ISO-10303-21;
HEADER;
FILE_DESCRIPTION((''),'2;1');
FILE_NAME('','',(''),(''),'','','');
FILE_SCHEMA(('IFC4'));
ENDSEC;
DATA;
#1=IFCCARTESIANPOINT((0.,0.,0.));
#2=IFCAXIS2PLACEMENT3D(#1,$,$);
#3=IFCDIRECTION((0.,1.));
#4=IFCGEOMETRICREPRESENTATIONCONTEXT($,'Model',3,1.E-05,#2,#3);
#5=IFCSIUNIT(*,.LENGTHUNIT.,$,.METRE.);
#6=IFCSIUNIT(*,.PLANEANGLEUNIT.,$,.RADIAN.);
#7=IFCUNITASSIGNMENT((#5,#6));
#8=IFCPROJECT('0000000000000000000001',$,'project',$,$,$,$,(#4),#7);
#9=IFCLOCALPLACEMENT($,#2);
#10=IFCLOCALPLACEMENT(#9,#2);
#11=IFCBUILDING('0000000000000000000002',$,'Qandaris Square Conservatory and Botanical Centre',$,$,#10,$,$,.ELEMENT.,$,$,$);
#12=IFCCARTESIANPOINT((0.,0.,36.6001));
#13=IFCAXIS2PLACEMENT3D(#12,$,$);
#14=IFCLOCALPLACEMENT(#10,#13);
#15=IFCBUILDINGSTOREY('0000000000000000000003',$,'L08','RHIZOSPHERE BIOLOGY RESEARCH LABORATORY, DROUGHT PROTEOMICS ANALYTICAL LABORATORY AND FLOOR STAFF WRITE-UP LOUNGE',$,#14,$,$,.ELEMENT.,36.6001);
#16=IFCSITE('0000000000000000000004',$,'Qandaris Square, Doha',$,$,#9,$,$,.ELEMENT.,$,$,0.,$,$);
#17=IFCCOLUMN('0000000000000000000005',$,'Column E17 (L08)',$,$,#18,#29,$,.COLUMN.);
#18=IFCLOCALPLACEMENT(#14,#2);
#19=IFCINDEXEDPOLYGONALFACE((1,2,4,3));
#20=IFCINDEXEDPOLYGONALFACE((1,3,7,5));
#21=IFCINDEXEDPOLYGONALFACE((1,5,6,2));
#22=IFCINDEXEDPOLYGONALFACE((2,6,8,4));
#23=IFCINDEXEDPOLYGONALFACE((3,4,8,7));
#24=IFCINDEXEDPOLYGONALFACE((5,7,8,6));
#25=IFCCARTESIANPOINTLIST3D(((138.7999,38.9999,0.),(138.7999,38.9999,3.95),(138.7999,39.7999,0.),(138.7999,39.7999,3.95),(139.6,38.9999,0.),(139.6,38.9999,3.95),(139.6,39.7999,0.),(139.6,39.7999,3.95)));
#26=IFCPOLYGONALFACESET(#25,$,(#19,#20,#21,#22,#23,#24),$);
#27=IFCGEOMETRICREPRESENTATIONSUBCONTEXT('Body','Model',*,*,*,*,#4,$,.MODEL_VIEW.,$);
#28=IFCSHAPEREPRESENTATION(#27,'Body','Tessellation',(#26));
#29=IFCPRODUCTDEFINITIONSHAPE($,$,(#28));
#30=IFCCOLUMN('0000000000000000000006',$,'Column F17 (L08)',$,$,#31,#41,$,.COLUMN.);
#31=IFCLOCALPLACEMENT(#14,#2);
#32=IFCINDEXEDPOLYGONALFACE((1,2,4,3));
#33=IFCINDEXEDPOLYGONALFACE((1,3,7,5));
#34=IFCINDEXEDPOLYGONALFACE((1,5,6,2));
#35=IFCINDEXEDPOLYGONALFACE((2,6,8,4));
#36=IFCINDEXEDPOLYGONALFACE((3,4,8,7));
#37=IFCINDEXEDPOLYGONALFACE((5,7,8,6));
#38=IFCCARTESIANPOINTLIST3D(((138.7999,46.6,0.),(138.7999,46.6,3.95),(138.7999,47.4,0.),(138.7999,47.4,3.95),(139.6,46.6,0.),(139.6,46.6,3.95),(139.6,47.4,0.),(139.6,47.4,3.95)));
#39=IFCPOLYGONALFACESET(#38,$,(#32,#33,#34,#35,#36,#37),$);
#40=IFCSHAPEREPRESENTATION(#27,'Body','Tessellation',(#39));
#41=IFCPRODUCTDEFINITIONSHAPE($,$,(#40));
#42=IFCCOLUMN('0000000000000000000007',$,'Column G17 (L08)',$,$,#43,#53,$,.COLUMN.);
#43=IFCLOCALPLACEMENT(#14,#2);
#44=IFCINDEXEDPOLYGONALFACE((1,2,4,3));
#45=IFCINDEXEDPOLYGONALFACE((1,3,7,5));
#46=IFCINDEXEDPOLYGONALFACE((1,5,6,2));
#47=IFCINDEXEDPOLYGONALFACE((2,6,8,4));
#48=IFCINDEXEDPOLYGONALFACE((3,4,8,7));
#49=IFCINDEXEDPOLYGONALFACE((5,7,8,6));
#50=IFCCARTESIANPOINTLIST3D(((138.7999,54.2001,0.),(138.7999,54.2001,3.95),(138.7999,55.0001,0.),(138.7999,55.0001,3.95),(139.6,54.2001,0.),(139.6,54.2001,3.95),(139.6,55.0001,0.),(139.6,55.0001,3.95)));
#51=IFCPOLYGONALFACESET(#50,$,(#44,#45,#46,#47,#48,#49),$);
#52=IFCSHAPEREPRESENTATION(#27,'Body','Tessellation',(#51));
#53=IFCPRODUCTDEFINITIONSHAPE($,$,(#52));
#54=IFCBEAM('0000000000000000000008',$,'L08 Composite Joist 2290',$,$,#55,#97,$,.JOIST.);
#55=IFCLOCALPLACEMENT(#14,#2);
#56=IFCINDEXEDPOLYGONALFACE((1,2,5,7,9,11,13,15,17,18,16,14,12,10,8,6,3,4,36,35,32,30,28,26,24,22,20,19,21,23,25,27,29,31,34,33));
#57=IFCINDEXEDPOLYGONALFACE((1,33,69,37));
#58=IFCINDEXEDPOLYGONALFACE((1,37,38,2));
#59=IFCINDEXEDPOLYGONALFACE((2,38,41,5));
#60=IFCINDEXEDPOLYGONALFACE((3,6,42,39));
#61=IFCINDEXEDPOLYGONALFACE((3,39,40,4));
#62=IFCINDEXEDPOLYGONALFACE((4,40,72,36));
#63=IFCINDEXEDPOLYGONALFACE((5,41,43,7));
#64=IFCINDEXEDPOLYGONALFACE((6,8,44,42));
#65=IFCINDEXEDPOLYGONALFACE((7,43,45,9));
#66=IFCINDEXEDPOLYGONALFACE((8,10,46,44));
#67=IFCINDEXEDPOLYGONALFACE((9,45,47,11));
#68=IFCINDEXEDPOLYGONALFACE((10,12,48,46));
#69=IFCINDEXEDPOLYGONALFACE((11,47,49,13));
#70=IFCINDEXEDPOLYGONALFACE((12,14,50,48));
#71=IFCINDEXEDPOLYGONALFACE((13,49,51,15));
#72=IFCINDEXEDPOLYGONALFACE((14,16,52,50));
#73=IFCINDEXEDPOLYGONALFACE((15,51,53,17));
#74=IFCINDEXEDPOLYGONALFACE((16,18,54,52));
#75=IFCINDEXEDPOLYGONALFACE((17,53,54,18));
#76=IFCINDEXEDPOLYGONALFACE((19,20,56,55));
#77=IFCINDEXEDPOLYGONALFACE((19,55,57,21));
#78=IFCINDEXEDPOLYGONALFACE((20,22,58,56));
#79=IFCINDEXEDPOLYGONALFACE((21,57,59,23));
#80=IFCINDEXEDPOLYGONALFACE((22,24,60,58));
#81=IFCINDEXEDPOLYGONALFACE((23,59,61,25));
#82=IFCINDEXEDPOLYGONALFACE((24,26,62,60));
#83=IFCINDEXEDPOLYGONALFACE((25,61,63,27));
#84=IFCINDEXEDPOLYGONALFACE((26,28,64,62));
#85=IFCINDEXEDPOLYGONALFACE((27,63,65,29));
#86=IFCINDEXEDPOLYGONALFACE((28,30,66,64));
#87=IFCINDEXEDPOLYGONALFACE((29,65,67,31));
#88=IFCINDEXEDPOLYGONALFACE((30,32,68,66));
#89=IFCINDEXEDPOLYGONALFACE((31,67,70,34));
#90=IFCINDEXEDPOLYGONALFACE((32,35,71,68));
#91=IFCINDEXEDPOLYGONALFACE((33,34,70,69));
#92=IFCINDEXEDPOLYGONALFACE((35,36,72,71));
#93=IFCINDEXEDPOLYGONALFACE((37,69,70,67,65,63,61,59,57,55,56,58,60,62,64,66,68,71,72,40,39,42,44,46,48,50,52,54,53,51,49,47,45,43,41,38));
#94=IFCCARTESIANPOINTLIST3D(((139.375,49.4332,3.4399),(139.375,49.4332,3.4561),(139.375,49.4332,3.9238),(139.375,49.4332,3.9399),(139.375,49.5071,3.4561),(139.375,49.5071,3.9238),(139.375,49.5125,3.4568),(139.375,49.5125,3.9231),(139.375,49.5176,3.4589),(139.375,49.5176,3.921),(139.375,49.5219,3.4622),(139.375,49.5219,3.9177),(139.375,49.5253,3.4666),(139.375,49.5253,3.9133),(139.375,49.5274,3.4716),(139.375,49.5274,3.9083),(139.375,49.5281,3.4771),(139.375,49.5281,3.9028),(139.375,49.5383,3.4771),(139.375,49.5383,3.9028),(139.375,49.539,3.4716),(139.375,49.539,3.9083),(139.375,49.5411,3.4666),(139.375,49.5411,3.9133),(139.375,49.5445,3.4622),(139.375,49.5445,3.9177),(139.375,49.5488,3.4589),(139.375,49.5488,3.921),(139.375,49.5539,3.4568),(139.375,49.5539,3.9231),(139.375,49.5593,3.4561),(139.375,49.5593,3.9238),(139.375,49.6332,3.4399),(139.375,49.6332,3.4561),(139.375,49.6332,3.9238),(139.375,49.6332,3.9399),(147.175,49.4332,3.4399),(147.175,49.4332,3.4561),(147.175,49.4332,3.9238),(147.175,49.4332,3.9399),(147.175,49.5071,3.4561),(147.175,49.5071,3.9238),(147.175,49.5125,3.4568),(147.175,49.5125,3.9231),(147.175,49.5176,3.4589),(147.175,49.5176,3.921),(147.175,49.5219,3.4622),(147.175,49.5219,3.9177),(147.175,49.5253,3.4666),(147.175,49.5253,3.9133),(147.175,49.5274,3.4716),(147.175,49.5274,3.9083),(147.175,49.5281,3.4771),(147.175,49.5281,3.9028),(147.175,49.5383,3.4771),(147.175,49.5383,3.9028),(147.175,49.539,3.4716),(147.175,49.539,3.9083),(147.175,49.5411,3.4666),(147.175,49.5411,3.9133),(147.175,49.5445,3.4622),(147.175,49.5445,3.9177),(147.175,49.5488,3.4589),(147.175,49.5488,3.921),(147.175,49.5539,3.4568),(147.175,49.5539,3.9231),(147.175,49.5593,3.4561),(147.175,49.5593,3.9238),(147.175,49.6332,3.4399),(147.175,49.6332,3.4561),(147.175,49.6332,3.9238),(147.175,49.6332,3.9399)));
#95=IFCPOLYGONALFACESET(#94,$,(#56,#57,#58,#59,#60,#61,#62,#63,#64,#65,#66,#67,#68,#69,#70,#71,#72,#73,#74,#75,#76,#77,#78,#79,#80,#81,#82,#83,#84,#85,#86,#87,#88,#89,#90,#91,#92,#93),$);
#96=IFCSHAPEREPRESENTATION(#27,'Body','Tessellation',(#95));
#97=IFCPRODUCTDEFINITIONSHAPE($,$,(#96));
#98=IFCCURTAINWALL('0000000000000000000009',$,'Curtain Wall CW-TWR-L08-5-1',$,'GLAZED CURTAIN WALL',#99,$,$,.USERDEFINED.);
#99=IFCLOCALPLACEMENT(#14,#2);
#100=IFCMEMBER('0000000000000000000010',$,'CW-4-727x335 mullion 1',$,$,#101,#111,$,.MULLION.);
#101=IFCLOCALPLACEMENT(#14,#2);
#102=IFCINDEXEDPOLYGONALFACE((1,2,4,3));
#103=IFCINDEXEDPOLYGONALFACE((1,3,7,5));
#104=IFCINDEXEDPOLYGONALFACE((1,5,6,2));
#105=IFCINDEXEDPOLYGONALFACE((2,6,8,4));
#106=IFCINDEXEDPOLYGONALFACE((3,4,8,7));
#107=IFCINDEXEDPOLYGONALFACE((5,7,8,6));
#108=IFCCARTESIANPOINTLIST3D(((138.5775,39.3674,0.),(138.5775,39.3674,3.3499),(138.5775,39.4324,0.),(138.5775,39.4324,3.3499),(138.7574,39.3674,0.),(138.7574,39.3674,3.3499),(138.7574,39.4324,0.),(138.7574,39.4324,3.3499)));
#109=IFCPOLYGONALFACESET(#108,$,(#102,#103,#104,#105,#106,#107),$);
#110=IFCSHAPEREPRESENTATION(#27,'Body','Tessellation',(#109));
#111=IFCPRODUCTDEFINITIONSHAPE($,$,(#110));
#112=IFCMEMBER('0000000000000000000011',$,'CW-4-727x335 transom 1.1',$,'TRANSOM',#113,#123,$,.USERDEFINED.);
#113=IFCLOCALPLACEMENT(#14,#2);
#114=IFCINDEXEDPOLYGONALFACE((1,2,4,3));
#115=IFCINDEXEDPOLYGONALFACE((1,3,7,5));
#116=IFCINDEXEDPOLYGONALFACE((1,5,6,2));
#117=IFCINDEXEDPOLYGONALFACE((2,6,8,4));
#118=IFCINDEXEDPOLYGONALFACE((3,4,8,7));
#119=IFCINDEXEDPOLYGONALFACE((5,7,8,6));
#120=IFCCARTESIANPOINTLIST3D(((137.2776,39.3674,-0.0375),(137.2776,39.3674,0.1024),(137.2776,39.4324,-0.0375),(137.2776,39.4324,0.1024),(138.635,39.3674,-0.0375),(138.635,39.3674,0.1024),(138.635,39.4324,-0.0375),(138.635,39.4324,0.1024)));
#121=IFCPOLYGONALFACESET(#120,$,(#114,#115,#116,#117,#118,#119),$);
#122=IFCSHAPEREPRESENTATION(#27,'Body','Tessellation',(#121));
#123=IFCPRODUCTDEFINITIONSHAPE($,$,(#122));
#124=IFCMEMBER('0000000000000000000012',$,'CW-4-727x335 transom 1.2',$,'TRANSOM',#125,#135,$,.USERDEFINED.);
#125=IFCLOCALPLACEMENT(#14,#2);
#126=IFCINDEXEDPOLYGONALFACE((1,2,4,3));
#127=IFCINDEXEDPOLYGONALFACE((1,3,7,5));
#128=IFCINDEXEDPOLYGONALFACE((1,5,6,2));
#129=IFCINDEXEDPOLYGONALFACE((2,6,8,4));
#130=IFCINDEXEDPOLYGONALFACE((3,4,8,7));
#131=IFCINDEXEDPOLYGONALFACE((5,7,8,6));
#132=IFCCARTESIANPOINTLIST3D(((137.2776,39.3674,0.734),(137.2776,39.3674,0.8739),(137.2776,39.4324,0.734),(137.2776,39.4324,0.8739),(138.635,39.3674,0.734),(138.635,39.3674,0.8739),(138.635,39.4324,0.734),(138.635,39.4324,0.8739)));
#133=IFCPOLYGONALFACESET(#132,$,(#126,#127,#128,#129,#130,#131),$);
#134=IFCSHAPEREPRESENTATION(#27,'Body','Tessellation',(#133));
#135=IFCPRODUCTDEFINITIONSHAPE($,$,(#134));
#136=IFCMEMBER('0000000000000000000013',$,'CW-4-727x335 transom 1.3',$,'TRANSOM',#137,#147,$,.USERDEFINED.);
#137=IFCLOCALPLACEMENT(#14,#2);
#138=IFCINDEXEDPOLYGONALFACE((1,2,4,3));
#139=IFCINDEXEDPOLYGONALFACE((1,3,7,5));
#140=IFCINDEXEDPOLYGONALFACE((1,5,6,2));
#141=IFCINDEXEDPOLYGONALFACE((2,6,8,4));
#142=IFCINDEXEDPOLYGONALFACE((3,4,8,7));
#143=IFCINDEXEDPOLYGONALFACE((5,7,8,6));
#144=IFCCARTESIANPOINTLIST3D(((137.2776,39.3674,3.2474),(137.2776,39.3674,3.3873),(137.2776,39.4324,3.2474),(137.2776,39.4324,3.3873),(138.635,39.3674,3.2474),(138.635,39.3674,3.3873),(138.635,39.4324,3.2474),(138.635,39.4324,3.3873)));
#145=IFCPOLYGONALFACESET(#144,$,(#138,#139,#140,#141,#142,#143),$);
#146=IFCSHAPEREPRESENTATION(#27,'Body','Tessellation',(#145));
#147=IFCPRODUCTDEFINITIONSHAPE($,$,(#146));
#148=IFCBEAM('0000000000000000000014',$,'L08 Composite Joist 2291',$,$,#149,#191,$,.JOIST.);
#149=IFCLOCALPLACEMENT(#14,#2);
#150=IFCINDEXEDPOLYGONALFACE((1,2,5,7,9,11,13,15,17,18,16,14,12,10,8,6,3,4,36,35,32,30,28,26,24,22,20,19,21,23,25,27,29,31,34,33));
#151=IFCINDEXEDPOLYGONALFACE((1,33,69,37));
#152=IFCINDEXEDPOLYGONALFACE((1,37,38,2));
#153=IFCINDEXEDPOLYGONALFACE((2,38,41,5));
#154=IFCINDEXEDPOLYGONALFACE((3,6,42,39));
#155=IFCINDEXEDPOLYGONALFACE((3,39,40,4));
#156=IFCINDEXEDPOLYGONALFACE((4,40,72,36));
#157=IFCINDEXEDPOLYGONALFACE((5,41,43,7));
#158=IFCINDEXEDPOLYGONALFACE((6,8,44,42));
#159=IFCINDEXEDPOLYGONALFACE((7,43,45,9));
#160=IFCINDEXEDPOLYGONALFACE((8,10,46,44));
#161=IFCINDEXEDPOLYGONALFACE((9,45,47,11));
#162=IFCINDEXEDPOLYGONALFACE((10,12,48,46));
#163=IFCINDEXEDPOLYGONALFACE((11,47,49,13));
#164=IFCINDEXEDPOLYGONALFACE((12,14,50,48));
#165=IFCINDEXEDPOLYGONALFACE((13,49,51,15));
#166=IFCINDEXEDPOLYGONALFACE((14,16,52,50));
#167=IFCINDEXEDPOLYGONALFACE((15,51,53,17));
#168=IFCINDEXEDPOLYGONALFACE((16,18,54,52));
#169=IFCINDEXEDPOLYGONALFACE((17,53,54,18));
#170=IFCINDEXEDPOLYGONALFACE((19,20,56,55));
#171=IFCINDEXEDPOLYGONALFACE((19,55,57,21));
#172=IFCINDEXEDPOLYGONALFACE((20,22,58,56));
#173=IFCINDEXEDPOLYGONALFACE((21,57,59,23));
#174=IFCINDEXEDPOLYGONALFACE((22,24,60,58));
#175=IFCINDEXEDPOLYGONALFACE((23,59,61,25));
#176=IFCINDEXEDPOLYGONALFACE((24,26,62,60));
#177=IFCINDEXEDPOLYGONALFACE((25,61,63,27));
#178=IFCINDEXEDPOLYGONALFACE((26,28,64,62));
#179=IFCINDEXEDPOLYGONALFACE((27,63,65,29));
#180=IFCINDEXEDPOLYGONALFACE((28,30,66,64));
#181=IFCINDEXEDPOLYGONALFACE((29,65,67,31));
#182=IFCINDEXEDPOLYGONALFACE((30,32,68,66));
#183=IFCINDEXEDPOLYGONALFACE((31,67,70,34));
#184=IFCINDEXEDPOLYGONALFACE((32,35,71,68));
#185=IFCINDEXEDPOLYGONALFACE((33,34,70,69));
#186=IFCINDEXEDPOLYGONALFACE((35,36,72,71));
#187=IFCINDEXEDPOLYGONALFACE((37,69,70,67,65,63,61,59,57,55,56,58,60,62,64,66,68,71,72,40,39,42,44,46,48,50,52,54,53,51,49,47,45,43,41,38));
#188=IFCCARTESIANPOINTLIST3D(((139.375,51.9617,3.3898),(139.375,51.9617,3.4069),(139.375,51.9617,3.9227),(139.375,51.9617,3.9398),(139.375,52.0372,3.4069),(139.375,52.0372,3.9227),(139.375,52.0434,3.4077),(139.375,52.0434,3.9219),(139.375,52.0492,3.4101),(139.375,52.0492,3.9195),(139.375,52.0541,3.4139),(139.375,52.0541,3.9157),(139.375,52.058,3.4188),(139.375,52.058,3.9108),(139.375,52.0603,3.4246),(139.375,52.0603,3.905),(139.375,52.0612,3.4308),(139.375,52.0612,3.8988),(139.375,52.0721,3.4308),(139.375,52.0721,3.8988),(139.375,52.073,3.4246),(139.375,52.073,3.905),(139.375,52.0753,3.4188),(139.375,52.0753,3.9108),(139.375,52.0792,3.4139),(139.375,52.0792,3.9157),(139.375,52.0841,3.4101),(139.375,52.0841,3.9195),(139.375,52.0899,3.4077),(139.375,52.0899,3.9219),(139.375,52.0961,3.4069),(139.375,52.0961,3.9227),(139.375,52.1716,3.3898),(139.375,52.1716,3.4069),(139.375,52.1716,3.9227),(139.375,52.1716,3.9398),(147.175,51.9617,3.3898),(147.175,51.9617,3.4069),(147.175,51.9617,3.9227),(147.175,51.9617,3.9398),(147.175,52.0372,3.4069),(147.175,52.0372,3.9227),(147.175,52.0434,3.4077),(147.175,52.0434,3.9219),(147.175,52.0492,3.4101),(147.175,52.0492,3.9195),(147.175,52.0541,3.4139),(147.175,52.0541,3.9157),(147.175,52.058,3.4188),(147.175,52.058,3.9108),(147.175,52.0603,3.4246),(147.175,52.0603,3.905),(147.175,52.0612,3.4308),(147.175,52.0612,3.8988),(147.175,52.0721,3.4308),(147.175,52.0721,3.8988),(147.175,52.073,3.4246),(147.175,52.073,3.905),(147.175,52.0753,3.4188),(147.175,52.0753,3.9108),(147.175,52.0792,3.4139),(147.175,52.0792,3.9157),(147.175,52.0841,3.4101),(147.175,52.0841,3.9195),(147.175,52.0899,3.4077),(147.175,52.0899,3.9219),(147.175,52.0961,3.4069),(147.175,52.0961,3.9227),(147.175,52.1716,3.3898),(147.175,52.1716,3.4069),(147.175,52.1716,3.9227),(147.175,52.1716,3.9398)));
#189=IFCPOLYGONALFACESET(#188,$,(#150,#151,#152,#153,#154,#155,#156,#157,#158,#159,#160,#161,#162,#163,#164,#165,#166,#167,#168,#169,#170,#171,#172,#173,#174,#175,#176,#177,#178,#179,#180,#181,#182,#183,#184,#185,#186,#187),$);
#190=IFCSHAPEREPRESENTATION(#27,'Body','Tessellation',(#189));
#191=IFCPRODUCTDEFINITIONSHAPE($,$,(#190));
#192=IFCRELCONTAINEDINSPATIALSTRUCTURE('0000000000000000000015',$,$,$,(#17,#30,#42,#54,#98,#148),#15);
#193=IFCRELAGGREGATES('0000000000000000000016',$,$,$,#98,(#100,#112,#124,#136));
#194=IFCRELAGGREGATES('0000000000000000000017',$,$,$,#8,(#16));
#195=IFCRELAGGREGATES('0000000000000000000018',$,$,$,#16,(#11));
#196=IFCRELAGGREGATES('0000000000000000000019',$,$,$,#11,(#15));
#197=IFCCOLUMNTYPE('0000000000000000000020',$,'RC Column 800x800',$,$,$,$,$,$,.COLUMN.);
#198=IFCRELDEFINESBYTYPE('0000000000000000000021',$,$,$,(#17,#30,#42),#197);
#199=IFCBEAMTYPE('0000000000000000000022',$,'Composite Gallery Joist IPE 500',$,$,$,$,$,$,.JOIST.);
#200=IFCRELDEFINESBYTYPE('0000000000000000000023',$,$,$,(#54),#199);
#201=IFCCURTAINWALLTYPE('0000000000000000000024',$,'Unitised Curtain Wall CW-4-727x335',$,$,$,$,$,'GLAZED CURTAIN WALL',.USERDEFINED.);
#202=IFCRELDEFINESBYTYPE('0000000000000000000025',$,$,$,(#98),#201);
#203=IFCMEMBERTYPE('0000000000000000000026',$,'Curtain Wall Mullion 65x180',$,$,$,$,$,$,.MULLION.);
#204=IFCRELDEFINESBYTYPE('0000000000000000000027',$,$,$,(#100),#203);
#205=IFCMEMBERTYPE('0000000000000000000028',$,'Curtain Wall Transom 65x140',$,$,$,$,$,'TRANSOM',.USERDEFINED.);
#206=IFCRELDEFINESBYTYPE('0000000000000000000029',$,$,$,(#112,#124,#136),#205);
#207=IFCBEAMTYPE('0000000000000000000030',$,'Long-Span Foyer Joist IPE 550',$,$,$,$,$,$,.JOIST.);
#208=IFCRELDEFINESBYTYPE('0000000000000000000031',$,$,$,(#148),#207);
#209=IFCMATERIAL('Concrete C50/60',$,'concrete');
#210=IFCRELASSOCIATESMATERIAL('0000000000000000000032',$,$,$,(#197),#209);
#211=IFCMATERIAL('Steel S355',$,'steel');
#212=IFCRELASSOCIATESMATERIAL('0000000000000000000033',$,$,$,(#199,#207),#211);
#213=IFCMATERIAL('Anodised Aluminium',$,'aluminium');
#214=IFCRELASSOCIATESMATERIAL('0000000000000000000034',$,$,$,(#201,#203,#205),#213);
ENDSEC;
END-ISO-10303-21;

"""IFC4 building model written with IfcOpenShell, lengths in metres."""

from ifc_helpers import new_model, si_unit, direction, frame, origin, origin_2d, place, context, subcontext, project, spatial, rectangle, i_section, extrude, material, material_profile, profile_set, type_object, element, aggregate, save


model = new_model("IFC4")

# Units and contexts
model_context = context("Model", 3, precision=1e-05, world=origin(), true_north=direction((0.0, 1.0)))
body_context = subcontext(model_context, "Body", "Model", "MODEL_VIEW")
ifc_project = project(units=[si_unit("LENGTHUNIT", "METRE"), si_unit("PLANEANGLEUNIT", "RADIAN")], contexts=[model_context])

# Site, building, storey
site_placement = place(None, origin())
site = spatial("IfcSite", under=ifc_project, at=site_placement, Name="Qandaris Square, Doha", CompositionType="ELEMENT", RefElevation=0.0)
building_placement = place(site_placement, origin())
building = spatial("IfcBuilding", under=site, at=building_placement, Name="Qandaris Square Conservatory and Botanical Centre", CompositionType="ELEMENT")
storey_placement = place(building_placement, frame((0.0, 0.0, 36.6001)))
storey = spatial("IfcBuildingStorey", under=building, at=storey_placement, Name="L08", Description="RHIZOSPHERE BIOLOGY RESEARCH LABORATORY, DROUGHT PROTEOMICS ANALYTICAL LABORATORY AND FLOOR STAFF WRITE-UP LOUNGE", CompositionType="ELEMENT", Elevation=36.6001)

# Columns
ifc_material_1 = material(Name="Concrete C50/60", Category="concrete")
ifc_material_profile_1 = material_profile(ifc_material_1, rectangle(XDim=0.8, YDim=0.8, at=origin_2d()), Name="RC-COL 800x800")
ifc_profile_set_1 = profile_set([ifc_material_profile_1], Name="Concrete C50/60")
column_type = type_object("IfcColumnType", Name="RC Column 800x800", PredefinedType="COLUMN", material=ifc_profile_set_1)
for number, where, z_axis, x_axis, name in (
    (1, (139.2, 39.3999, 0.0), (0.0, 0.0, 1.0), (1.0, 0.0, 0.0), "Column E17 (L08)"),
    (2, (139.2, 47.0, 0.0), (0.0, 0.0, 1.0), (1.0, 0.0, 0.0), "Column F17 (L08)"),
    (3, (139.2, 54.6001, 0.0), (0.0, 0.0, 1.0), (1.0, 0.0, 0.0), "Column G17 (L08)"),
):
    element("IfcColumn", number, at=place(storey_placement, frame(where, z_axis=z_axis, x_axis=x_axis)), inside=storey, type_object=column_type, Name=name, PredefinedType="COLUMN", context=body_context, shape_type="SweptSolid", body=[
        extrude(rectangle(XDim=0.8, YDim=0.8, at=origin_2d()), origin(), (0.0, 0.0, 1.0), 3.95),
    ])

# Beam
ifc_material_2 = material(Name="Steel S355", Category="steel")
ifc_material_profile_2 = material_profile(ifc_material_2, i_section(OverallWidth=0.2, OverallDepth=0.5, WebThickness=0.0103, FlangeThickness=0.0161, FilletRadius=0.021, at=origin_2d()), Name="IPE 500")
ifc_profile_set_2 = profile_set([ifc_material_profile_2], Name="Steel S355")
beam_type_1 = type_object("IfcBeamType", Name="Composite Gallery Joist IPE 500", PredefinedType="JOIST", material=ifc_profile_set_2)
beam_1_placement = place(storey_placement, frame((139.375, 49.5332, 3.6899), z_axis=(1.0, 0.0, 0.0), x_axis=(0.0, 1.0, 0.0)))
element("IfcBeam", 4, at=beam_1_placement, inside=storey, type_object=beam_type_1, Name="L08 Composite Joist 2290", PredefinedType="JOIST", context=body_context, shape_type="SweptSolid", body=[
    extrude(i_section(OverallWidth=0.2, OverallDepth=0.5, WebThickness=0.0103, FlangeThickness=0.0161, FilletRadius=0.021, at=origin_2d()), origin(), (0.0, 0.0, 1.0), 7.8),
])

# Curtain wall, members
ifc_material_3 = material(Name="Anodised Aluminium", Category="aluminium")
curtain_wall_type = type_object("IfcCurtainWallType", Name="Unitised Curtain Wall CW-4-727x335", ElementType="GLAZED CURTAIN WALL", PredefinedType="USERDEFINED", material=ifc_material_3)
curtain_wall_placement = place(storey_placement, origin())
curtain_wall = element("IfcCurtainWall", 5, at=curtain_wall_placement, inside=storey, type_object=curtain_wall_type, Name="Curtain Wall CW-TWR-L08-5-1", ObjectType="GLAZED CURTAIN WALL", PredefinedType="USERDEFINED")
ifc_material_profile_3 = material_profile(ifc_material_3, rectangle(XDim=0.0649, YDim=0.1799, at=origin_2d()), Name="ALU-MUL 65x180")
ifc_profile_set_3 = profile_set([ifc_material_profile_3], Name="Anodised Aluminium")
member_type_1 = type_object("IfcMemberType", Name="Curtain Wall Mullion 65x180", PredefinedType="MULLION", material=ifc_profile_set_3)
member_1_placement = place(storey_placement, frame((138.6675, 39.3999, 0.0), z_axis=(0.0, 0.0, 1.0), x_axis=(0.0, -1.0, 0.0)))
member_1 = element("IfcMember", 6, at=member_1_placement, type_object=member_type_1, Name="CW-4-727x335 mullion 1", PredefinedType="MULLION", context=body_context, shape_type="SweptSolid", body=[
    extrude(rectangle(XDim=0.0649, YDim=0.1799, at=origin_2d()), origin(), (0.0, 0.0, 1.0), 3.3499),
])
ifc_material_profile_4 = material_profile(ifc_material_3, rectangle(XDim=0.0649, YDim=0.1399, at=origin_2d()), Name="ALU-TRN 65x140")
ifc_profile_set_4 = profile_set([ifc_material_profile_4], Name="Anodised Aluminium")
member_type_2 = type_object("IfcMemberType", Name="Curtain Wall Transom 65x140", ElementType="TRANSOM", PredefinedType="USERDEFINED", material=ifc_profile_set_4)
member_2_placement = place(storey_placement, frame((138.635, 39.3999, 0.0325), z_axis=(-1.0, 0.0, 0.0), x_axis=(0.0, -1.0, 0.0)))
member_2 = element("IfcMember", 7, at=member_2_placement, type_object=member_type_2, Name="CW-4-727x335 transom 1.1", ObjectType="TRANSOM", PredefinedType="USERDEFINED", context=body_context, shape_type="SweptSolid", body=[
    extrude(rectangle(XDim=0.0649, YDim=0.1399, at=origin_2d()), origin(), (0.0, 0.0, 1.0), 1.3574),
])
member_3_placement = place(storey_placement, frame((138.635, 39.3999, 0.804), z_axis=(-1.0, 0.0, 0.0), x_axis=(0.0, -1.0, 0.0)))
member_3 = element("IfcMember", 8, at=member_3_placement, type_object=member_type_2, Name="CW-4-727x335 transom 1.2", ObjectType="TRANSOM", PredefinedType="USERDEFINED", context=body_context, shape_type="SweptSolid", body=[
    extrude(rectangle(XDim=0.0649, YDim=0.1399, at=origin_2d()), origin(), (0.0, 0.0, 1.0), 1.3574),
])
member_4_placement = place(storey_placement, frame((138.635, 39.3999, 3.3174), z_axis=(-1.0, 0.0, 0.0), x_axis=(0.0, -1.0, 0.0)))
member_4 = element("IfcMember", 9, at=member_4_placement, type_object=member_type_2, Name="CW-4-727x335 transom 1.3", ObjectType="TRANSOM", PredefinedType="USERDEFINED", context=body_context, shape_type="SweptSolid", body=[
    extrude(rectangle(XDim=0.0649, YDim=0.1399, at=origin_2d()), origin(), (0.0, 0.0, 1.0), 1.3574),
])

# Beam
ifc_material_profile_5 = material_profile(ifc_material_2, i_section(OverallWidth=0.21, OverallDepth=0.55, WebThickness=0.011, FlangeThickness=0.0171, FilletRadius=0.0239, at=origin_2d()), Name="IPE 550")
ifc_profile_set_5 = profile_set([ifc_material_profile_5], Name="Steel S355")
beam_type_2 = type_object("IfcBeamType", Name="Long-Span Foyer Joist IPE 550", PredefinedType="JOIST", material=ifc_profile_set_5)
beam_2_placement = place(storey_placement, frame((139.375, 52.0667, 3.6648), z_axis=(1.0, 0.0, 0.0), x_axis=(0.0, 1.0, 0.0)))
element("IfcBeam", 10, at=beam_2_placement, inside=storey, type_object=beam_type_2, Name="L08 Composite Joist 2291", PredefinedType="JOIST", context=body_context, shape_type="SweptSolid", body=[
    extrude(i_section(OverallWidth=0.21, OverallDepth=0.55, WebThickness=0.011, FlangeThickness=0.0171, FilletRadius=0.0239, at=origin_2d()), origin(), (0.0, 0.0, 1.0), 7.8),
])

aggregate(curtain_wall, [member_1, member_2, member_3, member_4])

save(model, "model.ifc")
